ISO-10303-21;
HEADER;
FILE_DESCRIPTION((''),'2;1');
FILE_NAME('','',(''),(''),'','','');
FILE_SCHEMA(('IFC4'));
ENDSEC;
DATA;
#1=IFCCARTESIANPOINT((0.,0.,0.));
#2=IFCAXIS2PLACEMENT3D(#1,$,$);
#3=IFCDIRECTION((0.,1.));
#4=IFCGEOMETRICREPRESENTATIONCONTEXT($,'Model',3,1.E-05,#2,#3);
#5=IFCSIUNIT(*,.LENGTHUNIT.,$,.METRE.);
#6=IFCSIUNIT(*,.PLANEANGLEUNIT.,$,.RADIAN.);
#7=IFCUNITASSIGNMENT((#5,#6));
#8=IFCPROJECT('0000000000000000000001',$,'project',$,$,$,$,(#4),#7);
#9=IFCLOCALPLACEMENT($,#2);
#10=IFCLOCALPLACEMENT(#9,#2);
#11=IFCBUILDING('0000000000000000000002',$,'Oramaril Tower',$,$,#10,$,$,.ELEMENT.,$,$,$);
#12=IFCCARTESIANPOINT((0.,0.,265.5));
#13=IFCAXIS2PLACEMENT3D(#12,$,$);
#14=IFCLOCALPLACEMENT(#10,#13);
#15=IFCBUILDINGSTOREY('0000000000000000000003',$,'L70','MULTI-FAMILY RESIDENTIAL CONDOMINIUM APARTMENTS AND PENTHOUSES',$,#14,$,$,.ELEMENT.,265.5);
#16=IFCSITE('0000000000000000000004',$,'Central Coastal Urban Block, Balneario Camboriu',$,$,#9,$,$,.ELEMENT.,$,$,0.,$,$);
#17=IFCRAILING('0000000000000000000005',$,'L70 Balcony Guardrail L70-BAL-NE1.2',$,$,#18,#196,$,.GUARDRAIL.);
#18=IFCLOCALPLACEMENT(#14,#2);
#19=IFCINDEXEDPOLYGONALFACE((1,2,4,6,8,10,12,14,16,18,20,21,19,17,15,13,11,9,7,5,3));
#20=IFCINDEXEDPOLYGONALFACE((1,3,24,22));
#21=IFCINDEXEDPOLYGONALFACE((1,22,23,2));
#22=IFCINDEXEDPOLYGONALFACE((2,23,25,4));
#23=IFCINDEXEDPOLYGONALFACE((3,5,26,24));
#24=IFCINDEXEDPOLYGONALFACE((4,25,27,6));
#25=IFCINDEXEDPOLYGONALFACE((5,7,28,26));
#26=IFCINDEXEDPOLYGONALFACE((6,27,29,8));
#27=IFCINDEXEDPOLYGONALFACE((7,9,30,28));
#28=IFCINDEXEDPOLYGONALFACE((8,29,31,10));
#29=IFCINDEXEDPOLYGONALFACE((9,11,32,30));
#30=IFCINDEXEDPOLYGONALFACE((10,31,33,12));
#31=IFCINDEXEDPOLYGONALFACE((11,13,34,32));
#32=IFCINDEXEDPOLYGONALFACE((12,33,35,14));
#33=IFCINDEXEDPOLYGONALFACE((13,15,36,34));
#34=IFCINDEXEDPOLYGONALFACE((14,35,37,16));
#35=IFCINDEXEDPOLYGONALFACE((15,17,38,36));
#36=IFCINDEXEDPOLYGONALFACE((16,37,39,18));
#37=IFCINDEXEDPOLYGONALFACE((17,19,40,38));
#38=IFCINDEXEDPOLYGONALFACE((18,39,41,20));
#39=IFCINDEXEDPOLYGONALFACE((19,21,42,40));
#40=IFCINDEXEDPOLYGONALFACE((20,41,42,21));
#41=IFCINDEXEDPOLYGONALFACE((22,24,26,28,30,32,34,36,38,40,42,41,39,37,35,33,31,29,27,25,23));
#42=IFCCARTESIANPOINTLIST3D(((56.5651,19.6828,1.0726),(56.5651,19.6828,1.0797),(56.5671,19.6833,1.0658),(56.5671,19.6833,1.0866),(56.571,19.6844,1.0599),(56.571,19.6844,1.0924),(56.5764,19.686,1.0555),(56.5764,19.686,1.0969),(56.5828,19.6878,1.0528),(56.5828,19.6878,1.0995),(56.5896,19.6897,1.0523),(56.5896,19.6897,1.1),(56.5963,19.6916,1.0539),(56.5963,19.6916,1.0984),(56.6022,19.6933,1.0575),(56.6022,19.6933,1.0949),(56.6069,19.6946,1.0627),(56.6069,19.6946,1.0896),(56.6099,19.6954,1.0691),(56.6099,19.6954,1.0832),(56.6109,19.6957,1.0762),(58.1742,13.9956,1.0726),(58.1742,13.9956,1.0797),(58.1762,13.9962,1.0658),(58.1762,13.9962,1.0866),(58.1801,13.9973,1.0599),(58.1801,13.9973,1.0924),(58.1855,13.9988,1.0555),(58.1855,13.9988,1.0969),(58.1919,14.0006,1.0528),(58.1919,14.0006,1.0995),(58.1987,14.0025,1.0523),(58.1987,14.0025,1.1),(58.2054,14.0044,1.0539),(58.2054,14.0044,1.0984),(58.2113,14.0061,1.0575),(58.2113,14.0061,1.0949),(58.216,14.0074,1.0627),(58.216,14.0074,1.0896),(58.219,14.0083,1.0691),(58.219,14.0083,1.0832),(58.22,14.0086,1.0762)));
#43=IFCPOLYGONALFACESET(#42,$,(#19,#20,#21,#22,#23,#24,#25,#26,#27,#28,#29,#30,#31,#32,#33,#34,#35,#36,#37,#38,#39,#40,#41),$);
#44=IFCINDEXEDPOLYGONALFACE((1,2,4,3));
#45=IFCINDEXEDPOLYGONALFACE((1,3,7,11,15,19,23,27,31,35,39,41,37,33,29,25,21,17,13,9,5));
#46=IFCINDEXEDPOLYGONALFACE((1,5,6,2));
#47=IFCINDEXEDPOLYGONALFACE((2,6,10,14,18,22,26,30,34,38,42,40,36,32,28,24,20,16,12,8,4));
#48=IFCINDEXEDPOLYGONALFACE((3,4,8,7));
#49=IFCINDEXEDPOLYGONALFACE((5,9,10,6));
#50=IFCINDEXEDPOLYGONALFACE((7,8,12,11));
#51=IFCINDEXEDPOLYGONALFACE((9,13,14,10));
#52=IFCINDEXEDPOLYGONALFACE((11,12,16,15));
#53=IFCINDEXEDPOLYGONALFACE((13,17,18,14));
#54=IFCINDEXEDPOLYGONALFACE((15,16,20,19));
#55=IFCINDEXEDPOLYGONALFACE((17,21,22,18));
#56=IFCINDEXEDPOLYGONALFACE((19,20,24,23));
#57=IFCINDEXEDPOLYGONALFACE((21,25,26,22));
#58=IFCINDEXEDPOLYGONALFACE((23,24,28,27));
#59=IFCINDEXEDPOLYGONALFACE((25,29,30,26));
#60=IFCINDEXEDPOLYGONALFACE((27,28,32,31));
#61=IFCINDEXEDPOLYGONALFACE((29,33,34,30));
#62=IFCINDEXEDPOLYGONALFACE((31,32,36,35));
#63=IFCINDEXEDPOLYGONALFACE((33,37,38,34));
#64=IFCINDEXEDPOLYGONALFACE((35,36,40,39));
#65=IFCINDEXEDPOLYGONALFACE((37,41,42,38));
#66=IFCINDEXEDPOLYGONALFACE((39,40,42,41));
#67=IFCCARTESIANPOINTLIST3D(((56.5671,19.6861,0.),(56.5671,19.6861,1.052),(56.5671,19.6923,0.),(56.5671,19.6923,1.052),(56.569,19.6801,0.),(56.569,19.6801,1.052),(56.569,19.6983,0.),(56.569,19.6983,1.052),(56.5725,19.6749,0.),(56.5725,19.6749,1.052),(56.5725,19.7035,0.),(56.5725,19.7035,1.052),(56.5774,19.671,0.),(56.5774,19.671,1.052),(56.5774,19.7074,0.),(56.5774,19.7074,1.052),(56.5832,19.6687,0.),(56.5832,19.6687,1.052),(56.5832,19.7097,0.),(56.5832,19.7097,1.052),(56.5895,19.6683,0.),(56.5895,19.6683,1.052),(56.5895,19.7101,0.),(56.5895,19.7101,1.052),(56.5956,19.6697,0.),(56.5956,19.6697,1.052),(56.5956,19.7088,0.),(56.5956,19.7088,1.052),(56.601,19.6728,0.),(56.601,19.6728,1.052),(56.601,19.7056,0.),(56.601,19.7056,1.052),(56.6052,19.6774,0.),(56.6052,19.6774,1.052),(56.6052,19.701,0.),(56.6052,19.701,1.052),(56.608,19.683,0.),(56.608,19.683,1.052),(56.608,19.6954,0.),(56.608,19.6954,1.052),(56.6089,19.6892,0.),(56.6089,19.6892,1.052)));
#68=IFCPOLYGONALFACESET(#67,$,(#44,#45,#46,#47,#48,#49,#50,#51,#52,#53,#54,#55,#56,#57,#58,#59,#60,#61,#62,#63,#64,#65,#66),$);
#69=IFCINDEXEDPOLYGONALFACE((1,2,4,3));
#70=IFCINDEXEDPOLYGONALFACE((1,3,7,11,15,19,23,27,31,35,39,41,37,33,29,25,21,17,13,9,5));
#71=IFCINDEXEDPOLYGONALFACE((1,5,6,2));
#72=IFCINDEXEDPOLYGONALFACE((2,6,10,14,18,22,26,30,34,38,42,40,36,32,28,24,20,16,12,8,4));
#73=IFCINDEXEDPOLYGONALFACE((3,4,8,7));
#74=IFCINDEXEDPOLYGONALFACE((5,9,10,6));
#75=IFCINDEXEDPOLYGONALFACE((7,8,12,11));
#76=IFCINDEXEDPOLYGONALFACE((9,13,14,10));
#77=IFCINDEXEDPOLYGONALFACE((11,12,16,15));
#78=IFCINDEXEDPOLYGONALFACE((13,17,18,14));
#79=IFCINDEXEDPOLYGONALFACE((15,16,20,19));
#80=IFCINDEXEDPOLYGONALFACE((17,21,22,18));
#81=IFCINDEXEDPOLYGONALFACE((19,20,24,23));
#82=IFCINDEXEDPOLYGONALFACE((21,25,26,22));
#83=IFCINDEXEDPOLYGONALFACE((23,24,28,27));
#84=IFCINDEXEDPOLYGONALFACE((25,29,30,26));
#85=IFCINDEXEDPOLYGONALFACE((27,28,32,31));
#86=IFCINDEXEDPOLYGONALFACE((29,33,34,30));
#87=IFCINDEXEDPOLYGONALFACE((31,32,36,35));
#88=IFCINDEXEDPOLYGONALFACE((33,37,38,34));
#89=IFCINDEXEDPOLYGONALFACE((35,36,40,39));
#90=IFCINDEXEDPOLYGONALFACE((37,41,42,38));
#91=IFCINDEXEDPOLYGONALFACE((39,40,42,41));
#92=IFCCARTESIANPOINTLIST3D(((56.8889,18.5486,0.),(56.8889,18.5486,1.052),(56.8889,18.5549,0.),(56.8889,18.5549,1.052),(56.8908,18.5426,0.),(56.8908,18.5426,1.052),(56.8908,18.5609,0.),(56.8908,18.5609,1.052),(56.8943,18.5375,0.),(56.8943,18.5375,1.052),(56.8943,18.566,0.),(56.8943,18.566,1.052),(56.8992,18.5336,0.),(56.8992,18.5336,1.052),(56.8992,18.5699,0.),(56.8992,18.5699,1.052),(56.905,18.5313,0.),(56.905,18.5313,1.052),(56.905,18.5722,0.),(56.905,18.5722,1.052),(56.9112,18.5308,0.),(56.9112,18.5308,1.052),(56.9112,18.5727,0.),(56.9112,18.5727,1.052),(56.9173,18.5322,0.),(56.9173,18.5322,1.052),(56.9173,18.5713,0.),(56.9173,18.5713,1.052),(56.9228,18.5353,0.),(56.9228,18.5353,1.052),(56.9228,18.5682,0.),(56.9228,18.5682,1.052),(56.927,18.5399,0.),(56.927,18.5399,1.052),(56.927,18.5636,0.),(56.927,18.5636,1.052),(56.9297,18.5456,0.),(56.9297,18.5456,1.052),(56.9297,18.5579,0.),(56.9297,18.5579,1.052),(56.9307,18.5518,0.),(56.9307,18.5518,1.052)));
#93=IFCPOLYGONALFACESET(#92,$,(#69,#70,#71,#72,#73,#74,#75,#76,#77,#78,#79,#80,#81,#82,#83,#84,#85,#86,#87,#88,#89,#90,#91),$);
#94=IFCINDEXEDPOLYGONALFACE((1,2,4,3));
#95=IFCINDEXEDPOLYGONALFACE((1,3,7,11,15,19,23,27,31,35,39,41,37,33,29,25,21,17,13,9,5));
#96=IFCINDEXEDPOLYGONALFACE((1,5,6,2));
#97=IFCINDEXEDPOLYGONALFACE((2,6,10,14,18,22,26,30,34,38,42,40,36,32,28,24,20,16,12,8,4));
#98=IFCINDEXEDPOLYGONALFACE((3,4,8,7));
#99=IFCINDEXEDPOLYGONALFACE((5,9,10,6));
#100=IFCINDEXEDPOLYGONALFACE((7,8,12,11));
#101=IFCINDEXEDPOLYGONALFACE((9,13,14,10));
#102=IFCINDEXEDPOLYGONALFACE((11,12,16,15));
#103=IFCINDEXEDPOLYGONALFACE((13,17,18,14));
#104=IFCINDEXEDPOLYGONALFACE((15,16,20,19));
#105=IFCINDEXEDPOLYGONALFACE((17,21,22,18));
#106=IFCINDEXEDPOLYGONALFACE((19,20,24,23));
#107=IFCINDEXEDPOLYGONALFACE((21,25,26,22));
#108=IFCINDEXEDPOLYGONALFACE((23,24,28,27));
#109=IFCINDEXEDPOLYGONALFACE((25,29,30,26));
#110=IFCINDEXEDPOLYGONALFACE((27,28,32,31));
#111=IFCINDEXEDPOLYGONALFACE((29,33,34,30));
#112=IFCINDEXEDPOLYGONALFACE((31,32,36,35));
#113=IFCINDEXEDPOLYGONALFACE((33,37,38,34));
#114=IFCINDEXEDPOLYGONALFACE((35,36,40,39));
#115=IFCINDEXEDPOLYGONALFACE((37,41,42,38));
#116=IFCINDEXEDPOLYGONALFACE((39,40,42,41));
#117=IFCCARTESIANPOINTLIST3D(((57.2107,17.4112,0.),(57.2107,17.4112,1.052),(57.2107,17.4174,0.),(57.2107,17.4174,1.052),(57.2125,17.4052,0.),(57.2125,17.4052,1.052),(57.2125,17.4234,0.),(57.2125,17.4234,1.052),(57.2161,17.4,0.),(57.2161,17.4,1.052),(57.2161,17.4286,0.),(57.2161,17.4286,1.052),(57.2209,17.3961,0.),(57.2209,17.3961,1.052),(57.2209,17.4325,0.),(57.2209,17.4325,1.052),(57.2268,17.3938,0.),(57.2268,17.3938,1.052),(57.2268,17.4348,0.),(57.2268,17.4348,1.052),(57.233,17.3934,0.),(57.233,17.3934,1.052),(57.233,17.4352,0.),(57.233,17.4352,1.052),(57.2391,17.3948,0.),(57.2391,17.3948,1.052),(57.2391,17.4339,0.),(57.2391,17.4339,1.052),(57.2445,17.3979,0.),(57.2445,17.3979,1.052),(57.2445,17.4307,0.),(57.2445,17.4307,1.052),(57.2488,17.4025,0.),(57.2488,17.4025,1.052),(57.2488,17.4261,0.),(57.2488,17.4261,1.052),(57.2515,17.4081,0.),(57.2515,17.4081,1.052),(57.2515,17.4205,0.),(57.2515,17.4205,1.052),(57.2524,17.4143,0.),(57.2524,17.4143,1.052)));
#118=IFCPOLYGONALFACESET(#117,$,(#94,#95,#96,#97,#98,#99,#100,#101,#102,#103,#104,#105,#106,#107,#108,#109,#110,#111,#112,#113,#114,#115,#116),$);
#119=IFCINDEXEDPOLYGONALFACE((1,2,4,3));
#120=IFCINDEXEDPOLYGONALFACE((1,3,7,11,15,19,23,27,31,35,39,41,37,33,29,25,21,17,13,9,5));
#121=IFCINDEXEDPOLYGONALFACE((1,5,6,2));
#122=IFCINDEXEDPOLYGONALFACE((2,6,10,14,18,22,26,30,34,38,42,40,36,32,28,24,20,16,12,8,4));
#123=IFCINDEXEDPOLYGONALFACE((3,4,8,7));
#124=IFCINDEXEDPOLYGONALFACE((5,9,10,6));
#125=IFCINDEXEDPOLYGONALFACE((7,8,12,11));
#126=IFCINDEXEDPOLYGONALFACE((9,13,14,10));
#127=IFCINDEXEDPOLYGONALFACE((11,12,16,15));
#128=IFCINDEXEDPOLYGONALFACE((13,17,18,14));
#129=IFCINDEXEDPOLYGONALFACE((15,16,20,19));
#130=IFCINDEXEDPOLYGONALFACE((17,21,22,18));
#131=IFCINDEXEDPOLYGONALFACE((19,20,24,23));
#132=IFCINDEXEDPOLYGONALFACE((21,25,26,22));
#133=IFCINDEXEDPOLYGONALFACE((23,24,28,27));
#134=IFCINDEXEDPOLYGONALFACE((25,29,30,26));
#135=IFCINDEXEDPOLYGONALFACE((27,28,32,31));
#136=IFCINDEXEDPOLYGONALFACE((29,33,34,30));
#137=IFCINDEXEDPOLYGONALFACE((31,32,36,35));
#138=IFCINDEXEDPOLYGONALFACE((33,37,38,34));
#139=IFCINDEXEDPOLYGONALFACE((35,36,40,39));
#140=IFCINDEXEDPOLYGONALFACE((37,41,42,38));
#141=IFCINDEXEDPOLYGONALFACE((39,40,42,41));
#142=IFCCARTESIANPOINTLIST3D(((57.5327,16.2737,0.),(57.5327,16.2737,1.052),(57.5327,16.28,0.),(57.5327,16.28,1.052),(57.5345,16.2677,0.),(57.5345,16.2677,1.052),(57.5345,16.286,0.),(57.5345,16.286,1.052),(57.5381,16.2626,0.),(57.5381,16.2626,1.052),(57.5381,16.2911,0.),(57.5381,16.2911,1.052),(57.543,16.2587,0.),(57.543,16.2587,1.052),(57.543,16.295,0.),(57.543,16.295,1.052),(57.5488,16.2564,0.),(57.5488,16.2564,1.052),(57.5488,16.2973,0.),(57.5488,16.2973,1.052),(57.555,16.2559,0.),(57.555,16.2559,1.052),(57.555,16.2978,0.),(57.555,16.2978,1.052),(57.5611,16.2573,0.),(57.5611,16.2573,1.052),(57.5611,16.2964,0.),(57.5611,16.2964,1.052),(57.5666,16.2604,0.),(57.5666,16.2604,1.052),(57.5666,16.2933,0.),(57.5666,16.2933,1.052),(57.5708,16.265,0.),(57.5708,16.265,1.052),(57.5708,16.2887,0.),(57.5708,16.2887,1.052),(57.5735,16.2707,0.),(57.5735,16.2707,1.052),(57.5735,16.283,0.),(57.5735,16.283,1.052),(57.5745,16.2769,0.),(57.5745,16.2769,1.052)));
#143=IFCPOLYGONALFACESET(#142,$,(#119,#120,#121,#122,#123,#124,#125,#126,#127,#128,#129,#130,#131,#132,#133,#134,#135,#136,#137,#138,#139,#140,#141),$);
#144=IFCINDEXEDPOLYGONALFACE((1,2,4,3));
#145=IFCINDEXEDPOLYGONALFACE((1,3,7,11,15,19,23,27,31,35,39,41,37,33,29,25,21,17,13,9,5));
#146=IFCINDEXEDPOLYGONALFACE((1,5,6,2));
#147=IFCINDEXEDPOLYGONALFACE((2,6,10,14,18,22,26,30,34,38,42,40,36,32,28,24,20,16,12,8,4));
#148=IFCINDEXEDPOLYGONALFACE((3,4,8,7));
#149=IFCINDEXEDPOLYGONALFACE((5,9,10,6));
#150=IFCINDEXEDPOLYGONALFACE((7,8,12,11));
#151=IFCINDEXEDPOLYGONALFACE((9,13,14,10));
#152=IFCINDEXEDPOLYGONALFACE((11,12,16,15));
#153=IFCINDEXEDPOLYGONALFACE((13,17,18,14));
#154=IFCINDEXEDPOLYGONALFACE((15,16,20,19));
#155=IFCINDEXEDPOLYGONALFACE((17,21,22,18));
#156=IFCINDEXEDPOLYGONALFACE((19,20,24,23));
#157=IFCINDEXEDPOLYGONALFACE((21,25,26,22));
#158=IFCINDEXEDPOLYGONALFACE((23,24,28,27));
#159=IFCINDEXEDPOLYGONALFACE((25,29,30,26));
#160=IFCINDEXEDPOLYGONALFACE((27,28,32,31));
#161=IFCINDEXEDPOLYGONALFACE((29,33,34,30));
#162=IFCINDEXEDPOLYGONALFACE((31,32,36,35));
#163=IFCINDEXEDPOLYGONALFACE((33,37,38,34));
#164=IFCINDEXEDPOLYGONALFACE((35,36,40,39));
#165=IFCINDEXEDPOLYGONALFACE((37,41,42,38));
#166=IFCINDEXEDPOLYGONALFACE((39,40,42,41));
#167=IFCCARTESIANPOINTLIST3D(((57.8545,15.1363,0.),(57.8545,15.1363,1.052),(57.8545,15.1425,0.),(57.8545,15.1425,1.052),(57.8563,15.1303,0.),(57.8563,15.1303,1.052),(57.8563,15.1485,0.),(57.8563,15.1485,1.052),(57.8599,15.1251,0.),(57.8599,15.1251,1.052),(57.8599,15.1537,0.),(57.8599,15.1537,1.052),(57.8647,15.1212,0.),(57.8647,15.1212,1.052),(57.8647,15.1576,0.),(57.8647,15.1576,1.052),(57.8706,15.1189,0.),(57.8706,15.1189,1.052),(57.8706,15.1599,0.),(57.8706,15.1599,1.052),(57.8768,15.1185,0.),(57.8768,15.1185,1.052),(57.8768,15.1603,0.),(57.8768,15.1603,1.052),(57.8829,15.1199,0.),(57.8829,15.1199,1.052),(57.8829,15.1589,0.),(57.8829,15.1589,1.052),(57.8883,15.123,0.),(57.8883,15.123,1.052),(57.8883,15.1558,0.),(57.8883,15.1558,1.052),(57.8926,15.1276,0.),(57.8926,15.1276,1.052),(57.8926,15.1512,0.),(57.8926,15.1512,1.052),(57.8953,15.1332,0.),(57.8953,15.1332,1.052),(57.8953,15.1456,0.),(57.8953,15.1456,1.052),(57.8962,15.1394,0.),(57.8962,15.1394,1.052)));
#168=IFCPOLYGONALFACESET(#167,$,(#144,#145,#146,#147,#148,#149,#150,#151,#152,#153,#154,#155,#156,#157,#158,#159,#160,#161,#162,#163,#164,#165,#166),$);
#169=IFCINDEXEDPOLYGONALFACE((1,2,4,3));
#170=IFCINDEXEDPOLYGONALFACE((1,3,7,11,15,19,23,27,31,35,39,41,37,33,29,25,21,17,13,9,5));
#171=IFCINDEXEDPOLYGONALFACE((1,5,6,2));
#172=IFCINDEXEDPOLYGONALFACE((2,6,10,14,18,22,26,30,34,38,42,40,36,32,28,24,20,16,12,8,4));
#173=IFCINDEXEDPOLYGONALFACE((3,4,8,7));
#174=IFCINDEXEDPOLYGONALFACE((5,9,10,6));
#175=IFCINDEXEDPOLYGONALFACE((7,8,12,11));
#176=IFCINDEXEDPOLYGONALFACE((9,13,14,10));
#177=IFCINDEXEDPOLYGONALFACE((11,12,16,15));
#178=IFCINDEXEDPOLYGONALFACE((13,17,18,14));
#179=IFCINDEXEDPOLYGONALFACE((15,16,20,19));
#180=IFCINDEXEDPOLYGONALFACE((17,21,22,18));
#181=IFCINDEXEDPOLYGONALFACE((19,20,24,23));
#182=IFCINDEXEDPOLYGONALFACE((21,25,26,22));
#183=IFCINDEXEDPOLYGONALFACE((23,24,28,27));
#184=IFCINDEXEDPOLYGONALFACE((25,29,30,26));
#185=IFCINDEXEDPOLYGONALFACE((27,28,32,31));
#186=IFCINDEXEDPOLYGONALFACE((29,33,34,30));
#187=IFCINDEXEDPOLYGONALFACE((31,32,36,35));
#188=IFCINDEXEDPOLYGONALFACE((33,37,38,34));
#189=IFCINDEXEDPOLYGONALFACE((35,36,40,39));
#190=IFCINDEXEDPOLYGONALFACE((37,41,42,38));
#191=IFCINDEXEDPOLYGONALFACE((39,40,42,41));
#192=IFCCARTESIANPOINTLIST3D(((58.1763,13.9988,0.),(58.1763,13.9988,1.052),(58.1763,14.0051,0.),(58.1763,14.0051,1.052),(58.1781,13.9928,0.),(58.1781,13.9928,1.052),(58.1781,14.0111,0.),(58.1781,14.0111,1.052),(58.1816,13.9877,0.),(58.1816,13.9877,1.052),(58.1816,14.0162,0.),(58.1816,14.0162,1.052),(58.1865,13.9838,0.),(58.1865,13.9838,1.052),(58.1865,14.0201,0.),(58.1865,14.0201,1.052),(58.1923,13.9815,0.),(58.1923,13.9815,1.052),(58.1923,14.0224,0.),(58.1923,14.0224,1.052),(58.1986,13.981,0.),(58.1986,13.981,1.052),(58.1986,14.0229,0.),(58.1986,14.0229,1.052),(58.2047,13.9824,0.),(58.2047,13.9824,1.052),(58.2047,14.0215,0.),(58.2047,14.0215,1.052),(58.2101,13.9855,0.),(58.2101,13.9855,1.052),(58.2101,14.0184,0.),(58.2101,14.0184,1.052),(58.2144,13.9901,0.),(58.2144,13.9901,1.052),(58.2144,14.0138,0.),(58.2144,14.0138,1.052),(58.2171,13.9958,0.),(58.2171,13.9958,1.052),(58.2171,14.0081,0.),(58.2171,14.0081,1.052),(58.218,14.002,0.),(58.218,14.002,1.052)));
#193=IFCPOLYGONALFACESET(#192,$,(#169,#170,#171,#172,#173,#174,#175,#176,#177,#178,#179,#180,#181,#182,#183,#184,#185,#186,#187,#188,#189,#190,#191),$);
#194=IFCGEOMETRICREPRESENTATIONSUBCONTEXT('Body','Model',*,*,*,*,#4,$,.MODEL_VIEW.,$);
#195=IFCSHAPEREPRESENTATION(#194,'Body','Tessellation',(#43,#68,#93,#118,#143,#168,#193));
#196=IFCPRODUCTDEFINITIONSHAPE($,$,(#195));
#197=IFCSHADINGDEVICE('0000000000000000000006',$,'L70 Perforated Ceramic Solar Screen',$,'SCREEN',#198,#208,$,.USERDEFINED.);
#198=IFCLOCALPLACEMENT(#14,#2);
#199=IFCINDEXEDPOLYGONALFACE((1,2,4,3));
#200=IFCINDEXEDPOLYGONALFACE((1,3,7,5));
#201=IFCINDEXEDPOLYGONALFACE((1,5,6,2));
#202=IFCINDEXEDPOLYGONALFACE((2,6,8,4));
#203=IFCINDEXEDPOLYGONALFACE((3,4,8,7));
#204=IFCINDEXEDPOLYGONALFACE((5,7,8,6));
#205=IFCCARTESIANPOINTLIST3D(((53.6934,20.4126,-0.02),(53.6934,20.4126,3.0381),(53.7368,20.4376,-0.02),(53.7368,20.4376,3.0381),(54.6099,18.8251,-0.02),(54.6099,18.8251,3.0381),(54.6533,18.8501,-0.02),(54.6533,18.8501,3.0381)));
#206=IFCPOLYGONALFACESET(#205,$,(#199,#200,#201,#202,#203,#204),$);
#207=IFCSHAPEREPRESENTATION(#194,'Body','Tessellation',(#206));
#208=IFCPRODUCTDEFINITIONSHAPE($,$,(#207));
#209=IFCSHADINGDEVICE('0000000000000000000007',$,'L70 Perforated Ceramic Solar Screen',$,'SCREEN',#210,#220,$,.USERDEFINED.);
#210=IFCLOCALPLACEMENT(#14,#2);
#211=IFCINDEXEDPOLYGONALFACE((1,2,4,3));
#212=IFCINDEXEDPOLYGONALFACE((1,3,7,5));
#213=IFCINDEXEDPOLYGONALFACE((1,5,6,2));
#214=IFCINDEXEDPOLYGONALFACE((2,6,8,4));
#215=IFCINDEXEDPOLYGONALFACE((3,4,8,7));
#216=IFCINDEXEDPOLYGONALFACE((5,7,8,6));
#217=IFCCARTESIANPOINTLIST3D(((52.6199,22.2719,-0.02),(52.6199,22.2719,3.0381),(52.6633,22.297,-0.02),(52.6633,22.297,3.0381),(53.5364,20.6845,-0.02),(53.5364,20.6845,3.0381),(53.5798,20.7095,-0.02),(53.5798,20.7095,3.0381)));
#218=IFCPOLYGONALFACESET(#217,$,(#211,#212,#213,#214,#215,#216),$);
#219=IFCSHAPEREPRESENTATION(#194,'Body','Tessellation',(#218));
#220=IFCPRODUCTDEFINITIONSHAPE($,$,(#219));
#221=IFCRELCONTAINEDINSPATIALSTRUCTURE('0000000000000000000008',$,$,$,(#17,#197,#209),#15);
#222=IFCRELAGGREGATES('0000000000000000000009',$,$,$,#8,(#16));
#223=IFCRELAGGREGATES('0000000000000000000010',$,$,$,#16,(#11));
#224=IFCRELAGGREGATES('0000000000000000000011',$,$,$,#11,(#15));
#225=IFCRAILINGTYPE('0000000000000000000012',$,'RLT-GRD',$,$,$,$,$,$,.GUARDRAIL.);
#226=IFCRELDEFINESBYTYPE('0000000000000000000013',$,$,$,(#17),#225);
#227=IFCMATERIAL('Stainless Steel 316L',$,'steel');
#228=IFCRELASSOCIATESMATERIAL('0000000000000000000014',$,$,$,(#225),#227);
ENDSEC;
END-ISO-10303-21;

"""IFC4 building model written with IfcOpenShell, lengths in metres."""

from ifc_helpers import new_model, si_unit, direction, frame, origin, origin_2d, place, context, subcontext, project, spatial, rectangle, circle, extrude, material, type_object, element, save


model = new_model("IFC4")

# Units and contexts
model_context = context("Model", 3, precision=1e-05, world=origin(), true_north=direction((0.0, 1.0)))
body_context = subcontext(model_context, "Body", "Model", "MODEL_VIEW")
ifc_project = project(units=[si_unit("LENGTHUNIT", "METRE"), si_unit("PLANEANGLEUNIT", "RADIAN")], contexts=[model_context])

# Site, building, storey
site_placement = place(None, origin())
site = spatial("IfcSite", under=ifc_project, at=site_placement, Name="Central Coastal Urban Block, Balneario Camboriu", CompositionType="ELEMENT", RefElevation=0.0)
building_placement = place(site_placement, origin())
building = spatial("IfcBuilding", under=site, at=building_placement, Name="Oramaril Tower", CompositionType="ELEMENT")
storey_placement = place(building_placement, frame((0.0, 0.0, 265.5)))
storey = spatial("IfcBuildingStorey", under=building, at=storey_placement, Name="L70", Description="MULTI-FAMILY RESIDENTIAL CONDOMINIUM APARTMENTS AND PENTHOUSES", CompositionType="ELEMENT", Elevation=265.5)

# Railing
ifc_material_1 = material(Name="Stainless Steel 316L", Category="steel")
railing_type = type_object("IfcRailingType", Name="RLT-GRD", PredefinedType="GUARDRAIL", material=ifc_material_1)
railing_1_placement = place(storey_placement, frame((56.5879, 19.6892, 0.0)))
element("IfcRailing", 1, at=railing_1_placement, inside=storey, type_object=railing_type, Name="L70 Balcony Guardrail L70-BAL-NE1.2", PredefinedType="GUARDRAIL", context=body_context, shape_type="SweptSolid", body=[
    extrude(circle(Radius=0.0239, at=origin_2d()), frame((0.0, 0.0, 1.0762), z_axis=(0.272249, -0.962227, 0.0), x_axis=(0.962227, 0.272249, 0.0)), (0.0, 0.0, 1.0), 5.9104),
    extrude(circle(Radius=0.021, at=origin_2d()), origin(), (0.0, 0.0, 1.0), 1.052),
    extrude(circle(Radius=0.021, at=origin_2d()), frame((0.3218, -1.1375, 0.0)), (0.0, 0.0, 1.0), 1.052),
    extrude(circle(Radius=0.021, at=origin_2d()), frame((0.6436, -2.2749, 0.0)), (0.0, 0.0, 1.0), 1.052),
    extrude(circle(Radius=0.021, at=origin_2d()), frame((0.9656, -3.4124, 0.0)), (0.0, 0.0, 1.0), 1.052),
    extrude(circle(Radius=0.021, at=origin_2d()), frame((1.2874, -4.5498, 0.0)), (0.0, 0.0, 1.0), 1.052),
    extrude(circle(Radius=0.021, at=origin_2d()), frame((1.6091, -5.6873, 0.0)), (0.0, 0.0, 1.0), 1.052),
])

# Shading devices
for number, where, z_axis, x_axis, name in (
    (2, (54.1733, 19.6313, -0.02), (0.0, 0.0, 1.0), (-0.499997, 0.866027, 0.0), "L70 Perforated Ceramic Solar Screen"),
    (3, (53.0999, 21.4907, -0.02), (0.0, 0.0, 1.0), (-0.499997, 0.866027, 0.0), "L70 Perforated Ceramic Solar Screen"),
):
    element("IfcShadingDevice", number, at=place(storey_placement, frame(where, z_axis=z_axis, x_axis=x_axis)), inside=storey, Name=name, ObjectType="SCREEN", PredefinedType="USERDEFINED", context=body_context, shape_type="SweptSolid", body=[
        extrude(rectangle(XDim=1.833, YDim=0.05, at=origin_2d()), origin(), (0.0, 0.0, 1.0), 3.0581),
    ])

save(model, "model.ifc")
